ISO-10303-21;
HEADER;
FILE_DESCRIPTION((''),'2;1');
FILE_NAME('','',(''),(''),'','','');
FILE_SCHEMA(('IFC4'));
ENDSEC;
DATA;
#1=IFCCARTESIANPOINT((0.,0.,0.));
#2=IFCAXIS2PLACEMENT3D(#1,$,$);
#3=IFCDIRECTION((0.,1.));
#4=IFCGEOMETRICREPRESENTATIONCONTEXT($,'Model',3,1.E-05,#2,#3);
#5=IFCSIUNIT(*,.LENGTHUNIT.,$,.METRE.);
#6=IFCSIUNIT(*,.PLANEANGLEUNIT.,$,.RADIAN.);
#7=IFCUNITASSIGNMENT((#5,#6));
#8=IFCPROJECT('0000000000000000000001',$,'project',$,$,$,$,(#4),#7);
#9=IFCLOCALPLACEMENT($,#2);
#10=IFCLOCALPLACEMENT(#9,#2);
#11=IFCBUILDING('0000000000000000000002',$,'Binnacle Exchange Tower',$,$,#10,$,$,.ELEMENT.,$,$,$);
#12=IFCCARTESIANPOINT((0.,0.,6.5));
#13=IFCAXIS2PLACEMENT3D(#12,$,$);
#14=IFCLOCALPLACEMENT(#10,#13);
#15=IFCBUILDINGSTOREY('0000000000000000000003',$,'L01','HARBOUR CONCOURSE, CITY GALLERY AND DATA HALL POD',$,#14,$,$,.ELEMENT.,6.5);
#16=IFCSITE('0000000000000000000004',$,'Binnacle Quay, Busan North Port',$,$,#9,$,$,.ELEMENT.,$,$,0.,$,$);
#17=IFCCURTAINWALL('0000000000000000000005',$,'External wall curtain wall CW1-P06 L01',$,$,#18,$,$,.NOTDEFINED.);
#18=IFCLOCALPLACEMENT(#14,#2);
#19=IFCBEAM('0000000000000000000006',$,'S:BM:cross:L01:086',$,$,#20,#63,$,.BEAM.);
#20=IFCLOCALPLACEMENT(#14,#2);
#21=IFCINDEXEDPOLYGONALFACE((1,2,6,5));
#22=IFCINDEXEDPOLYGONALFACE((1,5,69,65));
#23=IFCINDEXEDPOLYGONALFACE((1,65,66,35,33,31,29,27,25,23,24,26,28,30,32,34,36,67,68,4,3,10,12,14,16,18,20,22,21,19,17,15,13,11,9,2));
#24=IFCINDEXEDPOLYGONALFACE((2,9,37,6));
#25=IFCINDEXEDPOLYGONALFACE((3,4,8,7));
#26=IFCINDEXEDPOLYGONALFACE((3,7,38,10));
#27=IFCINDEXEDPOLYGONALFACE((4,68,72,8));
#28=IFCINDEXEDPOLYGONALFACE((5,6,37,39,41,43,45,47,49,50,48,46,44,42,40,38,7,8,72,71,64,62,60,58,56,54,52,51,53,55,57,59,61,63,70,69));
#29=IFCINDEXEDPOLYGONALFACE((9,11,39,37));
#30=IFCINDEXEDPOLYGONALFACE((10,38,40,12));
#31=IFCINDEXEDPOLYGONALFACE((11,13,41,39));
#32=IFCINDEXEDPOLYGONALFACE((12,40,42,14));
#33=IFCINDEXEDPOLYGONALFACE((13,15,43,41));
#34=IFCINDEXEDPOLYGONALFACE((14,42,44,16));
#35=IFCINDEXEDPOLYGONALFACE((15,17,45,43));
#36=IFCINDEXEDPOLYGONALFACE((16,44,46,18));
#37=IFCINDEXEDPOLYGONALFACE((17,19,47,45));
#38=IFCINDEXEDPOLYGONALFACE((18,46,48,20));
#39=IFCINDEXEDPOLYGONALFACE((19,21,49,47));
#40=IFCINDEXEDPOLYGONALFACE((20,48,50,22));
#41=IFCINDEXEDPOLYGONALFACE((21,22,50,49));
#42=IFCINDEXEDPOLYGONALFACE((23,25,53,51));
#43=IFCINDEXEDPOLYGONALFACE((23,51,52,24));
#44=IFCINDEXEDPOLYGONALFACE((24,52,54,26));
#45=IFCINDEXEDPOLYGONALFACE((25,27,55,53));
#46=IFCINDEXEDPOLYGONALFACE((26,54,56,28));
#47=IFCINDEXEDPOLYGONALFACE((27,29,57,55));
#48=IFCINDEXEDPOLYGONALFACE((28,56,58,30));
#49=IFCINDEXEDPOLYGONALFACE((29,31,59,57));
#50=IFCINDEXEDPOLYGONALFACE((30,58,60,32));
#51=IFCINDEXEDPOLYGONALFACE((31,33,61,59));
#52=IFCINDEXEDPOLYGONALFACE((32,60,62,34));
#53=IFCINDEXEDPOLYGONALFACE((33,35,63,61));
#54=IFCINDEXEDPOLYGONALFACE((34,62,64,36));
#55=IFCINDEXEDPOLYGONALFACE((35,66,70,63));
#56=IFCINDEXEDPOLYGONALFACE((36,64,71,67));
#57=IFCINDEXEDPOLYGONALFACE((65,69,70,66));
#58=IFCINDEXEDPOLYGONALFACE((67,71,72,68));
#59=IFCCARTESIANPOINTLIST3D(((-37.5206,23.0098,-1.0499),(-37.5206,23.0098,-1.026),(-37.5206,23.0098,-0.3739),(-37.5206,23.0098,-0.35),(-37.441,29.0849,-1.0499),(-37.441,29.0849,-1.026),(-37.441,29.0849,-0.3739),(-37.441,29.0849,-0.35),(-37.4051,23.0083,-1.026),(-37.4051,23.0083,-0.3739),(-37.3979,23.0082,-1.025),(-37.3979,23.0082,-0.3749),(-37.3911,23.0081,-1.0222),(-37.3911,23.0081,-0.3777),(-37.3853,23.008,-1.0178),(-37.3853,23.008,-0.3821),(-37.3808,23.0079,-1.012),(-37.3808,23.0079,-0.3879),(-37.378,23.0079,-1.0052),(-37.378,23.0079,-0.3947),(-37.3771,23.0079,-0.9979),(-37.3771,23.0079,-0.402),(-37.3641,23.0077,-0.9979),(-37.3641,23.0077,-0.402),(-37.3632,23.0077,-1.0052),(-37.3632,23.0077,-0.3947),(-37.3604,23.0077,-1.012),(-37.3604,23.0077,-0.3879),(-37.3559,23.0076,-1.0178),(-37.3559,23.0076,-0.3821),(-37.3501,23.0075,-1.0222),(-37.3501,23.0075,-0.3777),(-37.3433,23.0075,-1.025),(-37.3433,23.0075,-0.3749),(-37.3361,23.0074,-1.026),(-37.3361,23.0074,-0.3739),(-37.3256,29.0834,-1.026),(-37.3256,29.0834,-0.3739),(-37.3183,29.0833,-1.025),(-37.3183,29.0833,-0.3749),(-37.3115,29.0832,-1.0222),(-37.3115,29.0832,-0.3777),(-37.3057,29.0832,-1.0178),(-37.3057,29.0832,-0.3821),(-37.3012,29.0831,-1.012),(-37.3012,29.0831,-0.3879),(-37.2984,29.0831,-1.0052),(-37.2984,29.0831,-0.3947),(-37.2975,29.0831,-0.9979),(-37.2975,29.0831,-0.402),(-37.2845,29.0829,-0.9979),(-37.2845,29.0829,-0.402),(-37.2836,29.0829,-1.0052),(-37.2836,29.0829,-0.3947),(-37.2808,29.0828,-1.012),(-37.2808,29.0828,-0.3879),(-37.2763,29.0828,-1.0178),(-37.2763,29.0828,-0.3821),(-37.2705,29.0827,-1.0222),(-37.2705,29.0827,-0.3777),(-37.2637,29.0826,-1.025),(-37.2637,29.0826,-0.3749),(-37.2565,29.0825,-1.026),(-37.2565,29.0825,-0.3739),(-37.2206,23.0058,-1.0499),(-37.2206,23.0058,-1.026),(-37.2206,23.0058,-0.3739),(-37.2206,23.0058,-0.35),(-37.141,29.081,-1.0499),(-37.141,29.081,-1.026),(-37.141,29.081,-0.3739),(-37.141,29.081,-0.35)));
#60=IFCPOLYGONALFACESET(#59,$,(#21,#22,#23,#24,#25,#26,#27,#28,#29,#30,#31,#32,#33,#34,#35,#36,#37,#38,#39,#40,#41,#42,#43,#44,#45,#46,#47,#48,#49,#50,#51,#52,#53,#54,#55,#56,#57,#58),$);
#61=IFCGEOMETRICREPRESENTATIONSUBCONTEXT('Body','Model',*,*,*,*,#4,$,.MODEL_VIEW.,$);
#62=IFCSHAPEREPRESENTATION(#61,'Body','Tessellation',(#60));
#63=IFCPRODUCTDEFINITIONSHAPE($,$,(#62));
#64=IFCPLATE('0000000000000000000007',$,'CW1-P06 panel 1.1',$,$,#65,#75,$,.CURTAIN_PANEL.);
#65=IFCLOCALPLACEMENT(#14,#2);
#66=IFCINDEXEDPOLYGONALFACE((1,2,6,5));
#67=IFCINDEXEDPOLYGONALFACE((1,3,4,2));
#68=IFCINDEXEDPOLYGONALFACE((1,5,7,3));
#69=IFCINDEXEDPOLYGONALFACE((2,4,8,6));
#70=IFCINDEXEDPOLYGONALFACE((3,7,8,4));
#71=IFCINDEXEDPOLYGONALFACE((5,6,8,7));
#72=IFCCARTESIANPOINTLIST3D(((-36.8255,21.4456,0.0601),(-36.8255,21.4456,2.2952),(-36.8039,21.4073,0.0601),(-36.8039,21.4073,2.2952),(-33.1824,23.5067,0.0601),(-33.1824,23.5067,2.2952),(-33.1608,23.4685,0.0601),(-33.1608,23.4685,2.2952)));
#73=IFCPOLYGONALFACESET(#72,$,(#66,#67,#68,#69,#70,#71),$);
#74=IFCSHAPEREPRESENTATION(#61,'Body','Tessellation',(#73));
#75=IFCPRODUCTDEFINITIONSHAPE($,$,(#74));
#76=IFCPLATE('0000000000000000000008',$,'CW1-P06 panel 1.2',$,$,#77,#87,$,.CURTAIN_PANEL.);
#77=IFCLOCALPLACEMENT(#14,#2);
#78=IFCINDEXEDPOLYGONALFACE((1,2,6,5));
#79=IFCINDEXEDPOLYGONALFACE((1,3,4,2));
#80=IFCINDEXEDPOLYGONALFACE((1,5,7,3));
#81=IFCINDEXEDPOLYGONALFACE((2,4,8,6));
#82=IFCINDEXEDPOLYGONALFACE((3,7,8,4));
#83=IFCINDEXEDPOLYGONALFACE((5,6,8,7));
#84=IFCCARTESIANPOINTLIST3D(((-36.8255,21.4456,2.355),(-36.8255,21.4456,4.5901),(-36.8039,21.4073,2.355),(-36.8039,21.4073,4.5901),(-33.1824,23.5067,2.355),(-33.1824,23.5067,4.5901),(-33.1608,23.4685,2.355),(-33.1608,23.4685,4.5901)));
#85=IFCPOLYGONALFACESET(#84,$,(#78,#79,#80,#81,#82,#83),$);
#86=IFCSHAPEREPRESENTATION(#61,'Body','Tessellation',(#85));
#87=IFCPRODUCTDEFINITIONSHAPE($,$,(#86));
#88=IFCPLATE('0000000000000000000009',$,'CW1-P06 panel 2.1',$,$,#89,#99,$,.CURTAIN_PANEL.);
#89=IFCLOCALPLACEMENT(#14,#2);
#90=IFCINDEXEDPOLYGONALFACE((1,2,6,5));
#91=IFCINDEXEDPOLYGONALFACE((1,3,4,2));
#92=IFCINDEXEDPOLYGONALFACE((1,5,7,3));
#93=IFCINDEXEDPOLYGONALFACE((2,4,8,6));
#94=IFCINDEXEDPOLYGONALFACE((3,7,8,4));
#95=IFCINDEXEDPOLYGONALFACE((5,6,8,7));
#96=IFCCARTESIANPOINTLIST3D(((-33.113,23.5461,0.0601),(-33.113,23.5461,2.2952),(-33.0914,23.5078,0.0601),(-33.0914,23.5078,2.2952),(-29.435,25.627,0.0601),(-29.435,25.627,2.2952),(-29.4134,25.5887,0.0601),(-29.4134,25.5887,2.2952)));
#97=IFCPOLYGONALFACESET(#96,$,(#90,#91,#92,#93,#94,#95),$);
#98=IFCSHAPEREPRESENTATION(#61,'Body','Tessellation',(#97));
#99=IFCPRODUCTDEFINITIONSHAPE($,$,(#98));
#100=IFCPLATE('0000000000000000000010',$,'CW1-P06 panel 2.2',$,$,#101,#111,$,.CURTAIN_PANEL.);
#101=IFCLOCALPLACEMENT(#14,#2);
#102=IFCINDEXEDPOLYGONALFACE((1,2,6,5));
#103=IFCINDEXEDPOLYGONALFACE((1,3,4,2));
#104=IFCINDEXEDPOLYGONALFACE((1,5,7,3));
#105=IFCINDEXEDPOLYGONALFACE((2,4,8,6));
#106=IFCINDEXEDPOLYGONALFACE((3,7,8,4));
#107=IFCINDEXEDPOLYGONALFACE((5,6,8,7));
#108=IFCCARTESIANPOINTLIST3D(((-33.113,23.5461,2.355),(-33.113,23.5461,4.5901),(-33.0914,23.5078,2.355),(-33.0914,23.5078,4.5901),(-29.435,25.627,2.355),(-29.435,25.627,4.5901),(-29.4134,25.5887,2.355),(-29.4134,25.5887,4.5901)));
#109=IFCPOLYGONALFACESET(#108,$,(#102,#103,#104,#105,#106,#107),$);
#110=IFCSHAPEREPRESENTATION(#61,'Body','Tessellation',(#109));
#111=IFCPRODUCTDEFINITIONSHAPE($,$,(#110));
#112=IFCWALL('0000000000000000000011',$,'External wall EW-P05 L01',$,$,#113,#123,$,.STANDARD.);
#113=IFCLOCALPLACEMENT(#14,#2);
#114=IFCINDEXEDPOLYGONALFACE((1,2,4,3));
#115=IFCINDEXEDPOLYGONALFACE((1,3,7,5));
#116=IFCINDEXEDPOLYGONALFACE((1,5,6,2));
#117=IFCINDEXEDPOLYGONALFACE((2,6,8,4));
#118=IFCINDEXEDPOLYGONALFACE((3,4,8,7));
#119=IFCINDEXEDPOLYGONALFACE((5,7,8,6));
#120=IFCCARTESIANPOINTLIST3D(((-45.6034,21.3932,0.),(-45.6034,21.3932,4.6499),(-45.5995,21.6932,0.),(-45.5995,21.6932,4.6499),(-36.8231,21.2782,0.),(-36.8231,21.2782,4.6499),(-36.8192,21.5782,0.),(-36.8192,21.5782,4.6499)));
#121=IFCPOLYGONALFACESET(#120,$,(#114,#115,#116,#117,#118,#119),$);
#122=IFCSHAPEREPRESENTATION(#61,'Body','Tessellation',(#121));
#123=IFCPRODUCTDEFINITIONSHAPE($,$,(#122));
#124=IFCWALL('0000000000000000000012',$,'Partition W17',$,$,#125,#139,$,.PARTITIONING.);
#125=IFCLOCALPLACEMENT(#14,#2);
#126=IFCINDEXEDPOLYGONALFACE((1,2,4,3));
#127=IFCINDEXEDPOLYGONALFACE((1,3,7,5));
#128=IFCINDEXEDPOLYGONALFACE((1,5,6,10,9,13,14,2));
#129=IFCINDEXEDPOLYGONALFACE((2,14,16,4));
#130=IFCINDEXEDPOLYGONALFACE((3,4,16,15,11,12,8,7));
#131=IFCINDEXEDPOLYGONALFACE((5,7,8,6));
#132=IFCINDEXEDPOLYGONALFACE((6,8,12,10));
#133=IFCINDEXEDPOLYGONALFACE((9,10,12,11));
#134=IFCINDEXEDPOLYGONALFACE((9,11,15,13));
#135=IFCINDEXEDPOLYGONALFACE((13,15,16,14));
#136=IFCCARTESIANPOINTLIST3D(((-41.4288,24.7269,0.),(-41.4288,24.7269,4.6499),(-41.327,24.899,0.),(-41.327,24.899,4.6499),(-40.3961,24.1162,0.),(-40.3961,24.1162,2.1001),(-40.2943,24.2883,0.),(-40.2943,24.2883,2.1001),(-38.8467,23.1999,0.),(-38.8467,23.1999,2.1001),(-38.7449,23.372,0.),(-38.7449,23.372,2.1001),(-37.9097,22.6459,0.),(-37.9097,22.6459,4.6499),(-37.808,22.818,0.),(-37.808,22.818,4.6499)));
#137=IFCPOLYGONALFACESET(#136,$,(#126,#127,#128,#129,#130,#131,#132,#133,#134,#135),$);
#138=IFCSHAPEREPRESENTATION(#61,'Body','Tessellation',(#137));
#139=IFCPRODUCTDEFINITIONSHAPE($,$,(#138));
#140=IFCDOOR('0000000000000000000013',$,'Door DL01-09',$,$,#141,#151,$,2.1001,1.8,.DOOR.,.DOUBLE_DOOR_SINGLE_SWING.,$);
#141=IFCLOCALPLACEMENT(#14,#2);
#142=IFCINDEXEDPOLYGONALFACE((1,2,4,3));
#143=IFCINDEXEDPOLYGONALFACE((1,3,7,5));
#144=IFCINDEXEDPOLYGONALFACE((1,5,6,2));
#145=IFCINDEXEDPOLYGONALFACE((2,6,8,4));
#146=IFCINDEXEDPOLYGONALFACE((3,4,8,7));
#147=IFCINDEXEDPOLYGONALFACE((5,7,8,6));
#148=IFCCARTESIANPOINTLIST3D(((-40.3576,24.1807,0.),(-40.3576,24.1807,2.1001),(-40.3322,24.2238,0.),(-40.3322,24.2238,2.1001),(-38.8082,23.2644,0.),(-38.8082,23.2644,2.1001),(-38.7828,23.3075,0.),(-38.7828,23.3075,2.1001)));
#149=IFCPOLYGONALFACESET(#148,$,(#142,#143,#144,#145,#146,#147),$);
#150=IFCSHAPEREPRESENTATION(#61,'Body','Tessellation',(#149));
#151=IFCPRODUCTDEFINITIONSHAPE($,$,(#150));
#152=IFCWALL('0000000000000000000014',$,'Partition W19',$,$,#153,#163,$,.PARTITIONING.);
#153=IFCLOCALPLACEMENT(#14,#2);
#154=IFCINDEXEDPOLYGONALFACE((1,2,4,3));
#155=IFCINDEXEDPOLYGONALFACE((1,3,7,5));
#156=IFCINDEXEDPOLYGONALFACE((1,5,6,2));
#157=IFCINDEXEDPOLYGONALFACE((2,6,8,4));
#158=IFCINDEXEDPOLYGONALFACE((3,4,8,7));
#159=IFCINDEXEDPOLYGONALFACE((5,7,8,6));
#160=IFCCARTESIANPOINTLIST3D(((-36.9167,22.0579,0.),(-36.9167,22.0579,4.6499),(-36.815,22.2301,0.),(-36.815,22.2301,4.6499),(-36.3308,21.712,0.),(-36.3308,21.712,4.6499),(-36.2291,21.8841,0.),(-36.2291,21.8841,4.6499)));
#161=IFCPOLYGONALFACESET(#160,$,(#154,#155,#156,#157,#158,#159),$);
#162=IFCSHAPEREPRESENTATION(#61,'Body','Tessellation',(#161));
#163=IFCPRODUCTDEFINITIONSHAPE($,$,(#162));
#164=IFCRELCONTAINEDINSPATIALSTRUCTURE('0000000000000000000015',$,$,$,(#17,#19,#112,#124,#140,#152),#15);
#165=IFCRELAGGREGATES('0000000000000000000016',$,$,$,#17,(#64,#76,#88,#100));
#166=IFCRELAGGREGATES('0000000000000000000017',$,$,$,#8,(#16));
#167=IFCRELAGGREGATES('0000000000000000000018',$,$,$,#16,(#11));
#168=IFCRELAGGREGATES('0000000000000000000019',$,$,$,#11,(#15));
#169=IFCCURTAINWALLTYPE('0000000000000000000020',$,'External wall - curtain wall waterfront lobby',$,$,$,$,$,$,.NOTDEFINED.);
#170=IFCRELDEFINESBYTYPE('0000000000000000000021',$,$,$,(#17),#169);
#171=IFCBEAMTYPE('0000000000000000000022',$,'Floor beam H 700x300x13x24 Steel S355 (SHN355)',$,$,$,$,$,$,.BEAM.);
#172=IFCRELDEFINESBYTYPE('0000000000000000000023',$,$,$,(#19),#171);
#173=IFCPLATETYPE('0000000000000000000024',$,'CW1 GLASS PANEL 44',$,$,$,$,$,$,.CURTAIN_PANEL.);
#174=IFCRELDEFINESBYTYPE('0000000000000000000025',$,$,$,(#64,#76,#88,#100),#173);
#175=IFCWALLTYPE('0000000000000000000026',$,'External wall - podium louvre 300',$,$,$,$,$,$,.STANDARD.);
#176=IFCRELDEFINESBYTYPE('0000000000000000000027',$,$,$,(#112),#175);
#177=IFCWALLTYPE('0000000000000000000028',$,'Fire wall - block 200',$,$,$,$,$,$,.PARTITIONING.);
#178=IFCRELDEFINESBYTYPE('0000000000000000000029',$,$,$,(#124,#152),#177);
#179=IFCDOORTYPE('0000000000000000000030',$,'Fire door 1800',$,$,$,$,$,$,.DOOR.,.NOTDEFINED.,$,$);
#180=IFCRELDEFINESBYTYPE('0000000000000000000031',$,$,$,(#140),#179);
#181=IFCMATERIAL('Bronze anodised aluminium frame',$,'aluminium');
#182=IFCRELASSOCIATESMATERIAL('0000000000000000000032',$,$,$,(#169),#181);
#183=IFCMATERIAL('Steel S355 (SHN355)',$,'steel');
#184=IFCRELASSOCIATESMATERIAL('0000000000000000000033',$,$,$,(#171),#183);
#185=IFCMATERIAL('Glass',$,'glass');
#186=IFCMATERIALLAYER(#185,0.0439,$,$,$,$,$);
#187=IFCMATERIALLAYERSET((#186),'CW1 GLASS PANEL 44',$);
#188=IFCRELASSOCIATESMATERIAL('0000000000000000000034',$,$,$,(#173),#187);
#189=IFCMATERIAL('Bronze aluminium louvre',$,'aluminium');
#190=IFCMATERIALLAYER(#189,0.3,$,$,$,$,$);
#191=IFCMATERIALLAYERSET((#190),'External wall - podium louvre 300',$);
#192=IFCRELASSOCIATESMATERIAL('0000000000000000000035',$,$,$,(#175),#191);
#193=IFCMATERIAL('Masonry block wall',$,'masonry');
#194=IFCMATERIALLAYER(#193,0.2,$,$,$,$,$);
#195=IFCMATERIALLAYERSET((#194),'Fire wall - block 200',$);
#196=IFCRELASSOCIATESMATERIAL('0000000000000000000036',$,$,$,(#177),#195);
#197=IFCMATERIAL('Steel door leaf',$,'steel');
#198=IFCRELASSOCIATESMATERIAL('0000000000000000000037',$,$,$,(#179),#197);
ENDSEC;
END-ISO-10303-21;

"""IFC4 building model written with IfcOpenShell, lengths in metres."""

from ifc_helpers import new_model, si_unit, direction, frame, frame_2d, origin, origin_2d, place, context, subcontext, project, spatial, rectangle, i_section, extrude, material, layer, layer_set, material_profile, profile_set, type_object, element, fill, aggregate, save


model = new_model("IFC4")

# Units and contexts
model_context = context("Model", 3, precision=1e-05, world=origin(), true_north=direction((0.0, 1.0)))
body_context = subcontext(model_context, "Body", "Model", "MODEL_VIEW")
ifc_project = project(units=[si_unit("LENGTHUNIT", "METRE"), si_unit("PLANEANGLEUNIT", "RADIAN")], contexts=[model_context])

# Site, building, storey
site_placement = place(None, origin())
site = spatial("IfcSite", under=ifc_project, at=site_placement, Name="Binnacle Quay, Busan North Port", CompositionType="ELEMENT", RefElevation=0.0)
building_placement = place(site_placement, origin())
building = spatial("IfcBuilding", under=site, at=building_placement, Name="Binnacle Exchange Tower", CompositionType="ELEMENT")
storey_placement = place(building_placement, frame((0.0, 0.0, 6.5)))
storey = spatial("IfcBuildingStorey", under=building, at=storey_placement, Name="L01", Description="HARBOUR CONCOURSE, CITY GALLERY AND DATA HALL POD", CompositionType="ELEMENT", Elevation=6.5)

# Curtain wall
ifc_material_1 = material(Name="Bronze anodised aluminium frame", Category="aluminium")
curtain_wall_type = type_object("IfcCurtainWallType", Name="External wall - curtain wall waterfront lobby", PredefinedType="NOTDEFINED", material=ifc_material_1)
curtain_wall_placement = place(storey_placement, origin())
curtain_wall = element("IfcCurtainWall", 1, at=curtain_wall_placement, inside=storey, type_object=curtain_wall_type, Name="External wall curtain wall CW1-P06 L01", PredefinedType="NOTDEFINED")

# Beam
ifc_material_2 = material(Name="Steel S355 (SHN355)", Category="steel")
ifc_material_profile_1 = material_profile(ifc_material_2, i_section(OverallWidth=0.3, OverallDepth=0.7, WebThickness=0.0129, FlangeThickness=0.0239, FilletRadius=0.0281, at=origin_2d()), Name="H 700x300x13x24")
ifc_profile_set_1 = profile_set([ifc_material_profile_1], Name="Steel S355 (SHN355)")
beam_type_1 = type_object("IfcBeamType", Name="Floor beam H 700x300x13x24 Steel S355 (SHN355)", PredefinedType="BEAM", material=ifc_profile_set_1)
beam_1_placement = place(storey_placement, frame((-37.3706, 23.0078, -0.7), z_axis=(0.0131, 0.999914, 0.0), x_axis=(-0.999914, 0.0131, 0.0)))
element("IfcBeam", 2, at=beam_1_placement, inside=storey, type_object=beam_type_1, Name="S:BM:cross:L01:086", PredefinedType="BEAM", context=body_context, shape_type="SweptSolid", body=[
    extrude(i_section(OverallWidth=0.3, OverallDepth=0.7, WebThickness=0.0129, FlangeThickness=0.0239, FilletRadius=0.0281, at=origin_2d()), origin(), (0.0, 0.0, 1.0), 6.0757),
])

# Plates
ifc_material_3 = material(Name="Glass", Category="glass")
ifc_layer_1 = layer(ifc_material_3, 0.0439)
ifc_layer_set_1 = layer_set([ifc_layer_1], Name="CW1 GLASS PANEL 44")
plate_type = type_object("IfcPlateType", Name="CW1 GLASS PANEL 44", PredefinedType="CURTAIN_PANEL", material=ifc_layer_set_1)
plate_1_placement = place(storey_placement, frame((-34.9932, 22.457, 0.0601), z_axis=(0.0, 0.0, 1.0), x_axis=(0.870356, 0.492424, 0.0)))
plate_1 = element("IfcPlate", 3, at=plate_1_placement, type_object=plate_type, Name="CW1-P06 panel 1.1", PredefinedType="CURTAIN_PANEL", context=body_context, shape_type="SweptSolid", body=[
    extrude(rectangle(XDim=4.1858, YDim=0.0439, at=origin_2d()), origin(), (0.0, 0.0, 1.0), 2.2351),
])
plate_2_placement = place(storey_placement, frame((-34.9932, 22.457, 2.355), z_axis=(0.0, 0.0, 1.0), x_axis=(0.870356, 0.492424, 0.0)))
plate_2 = element("IfcPlate", 4, at=plate_2_placement, type_object=plate_type, Name="CW1-P06 panel 1.2", PredefinedType="CURTAIN_PANEL", context=body_context, shape_type="SweptSolid", body=[
    extrude(rectangle(XDim=4.1858, YDim=0.0439, at=origin_2d()), origin(), (0.0, 0.0, 1.0), 2.2351),
])
plate_3_placement = place(storey_placement, frame((-31.2632, 24.5674, 0.0601), z_axis=(0.0, 0.0, 1.0), x_axis=(0.870356, 0.492424, 0.0)))
plate_3 = element("IfcPlate", 5, at=plate_3_placement, type_object=plate_type, Name="CW1-P06 panel 2.1", PredefinedType="CURTAIN_PANEL", context=body_context, shape_type="SweptSolid", body=[
    extrude(rectangle(XDim=4.2258, YDim=0.0439, at=origin_2d()), origin(), (0.0, 0.0, 1.0), 2.2351),
])
plate_4_placement = place(storey_placement, frame((-31.2632, 24.5674, 2.355), z_axis=(0.0, 0.0, 1.0), x_axis=(0.870356, 0.492424, 0.0)))
plate_4 = element("IfcPlate", 6, at=plate_4_placement, type_object=plate_type, Name="CW1-P06 panel 2.2", PredefinedType="CURTAIN_PANEL", context=body_context, shape_type="SweptSolid", body=[
    extrude(rectangle(XDim=4.2258, YDim=0.0439, at=origin_2d()), origin(), (0.0, 0.0, 1.0), 2.2351),
])
aggregate(curtain_wall, [plate_1, plate_2, plate_3, plate_4])

# Wall
ifc_material_4 = material(Name="Bronze aluminium louvre", Category="aluminium")
ifc_layer_2 = layer(ifc_material_4, 0.3)
ifc_layer_set_2 = layer_set([ifc_layer_2], Name="External wall - podium louvre 300")
wall_type_1 = type_object("IfcWallType", Name="External wall - podium louvre 300", PredefinedType="STANDARD", material=ifc_layer_set_2)
wall_1_placement = place(storey_placement, frame((-36.821, 21.4282, 0.0), z_axis=(0.0, 0.0, 1.0), x_axis=(-0.999914, 0.013095, 0.0)))
element("IfcWall", 7, at=wall_1_placement, inside=storey, type_object=wall_type_1, Name="External wall EW-P05 L01", PredefinedType="STANDARD", context=body_context, shape_type="SweptSolid", body=[
    extrude(rectangle(XDim=8.781, YDim=0.3, at=frame_2d((4.3906, 0.0))), origin(), (0.0, 0.0, 1.0), 4.6499),
])

# Wall, opening, door
ifc_material_5 = material(Name="Masonry block wall", Category="masonry")
ifc_layer_3 = layer(ifc_material_5, 0.2)
ifc_layer_set_3 = layer_set([ifc_layer_3], Name="Fire wall - block 200")
wall_type_2 = type_object("IfcWallType", Name="Fire wall - block 200", PredefinedType="PARTITIONING", material=ifc_layer_set_3)
wall_2_placement = place(storey_placement, frame((-41.3779, 24.813, 0.0), z_axis=(0.0, 0.0, 1.0), x_axis=(0.860753, -0.509023, 0.0)))
wall_2 = element("IfcWall", 8, at=wall_2_placement, inside=storey, type_object=wall_type_2, Name="Partition W17", PredefinedType="PARTITIONING", context=body_context, shape_type="SweptSolid", body=[
    extrude(rectangle(XDim=4.0884, YDim=0.2, at=frame_2d((2.0442, 0.0))), origin(), (0.0, 0.0, 1.0), 4.6499),
])
opening_placement = place(wall_2_placement, frame((1.2, 0.0, 0.0)))
opening = element("IfcOpeningElement", 9, at=opening_placement, cuts=wall_2, PredefinedType="OPENING", context=body_context, shape_type="SweptSolid", body=[
    extrude(rectangle(XDim=1.8, YDim=2.1001, at=frame_2d((0.8999, 1.05))), frame((0.0, 0.1099, 0.0), z_axis=(0.0, -1.0, 0.0), x_axis=(1.0, 0.0, 0.0)), (0.0, 0.0, 1.0), 0.22),
])
ifc_material_6 = material(Name="Steel door leaf", Category="steel")
door_type = type_object("IfcDoorType", Name="Fire door 1800", OperationType="NOTDEFINED", PredefinedType="DOOR", material=ifc_material_6)
door_placement = place(opening_placement, frame((1.8, 0.0, 0.0), z_axis=(0.0, 0.0, 1.0), x_axis=(-1.0, 0.0, 0.0)))
door = element("IfcDoor", 10, at=door_placement, inside=storey, type_object=door_type, Name="Door DL01-09", OperationType="DOUBLE_DOOR_SINGLE_SWING", OverallHeight=2.1001, OverallWidth=1.8, PredefinedType="DOOR", context=body_context, shape_type="SweptSolid", body=[
    extrude(rectangle(XDim=1.8, YDim=2.1001, at=frame_2d((0.8999, 1.05))), frame((0.0, 0.0249, 0.0), z_axis=(0.0, -1.0, 0.0), x_axis=(1.0, 0.0, 0.0)), (0.0, 0.0, 1.0), 0.05),
])
fill(opening, door)

# Wall
wall_3_placement = place(storey_placement, frame((-36.866, 22.144, 0.0), z_axis=(0.0, 0.0, 1.0), x_axis=(0.861112, -0.508415, 0.0)))
element("IfcWall", 11, at=wall_3_placement, inside=storey, type_object=wall_type_2, Name="Partition W19", PredefinedType="PARTITIONING", context=body_context, shape_type="SweptSolid", body=[
    extrude(rectangle(XDim=0.6804, YDim=0.2, at=frame_2d((0.3403, 0.0))), origin(), (0.0, 0.0, 1.0), 4.6499),
])

save(model, "model.ifc")
